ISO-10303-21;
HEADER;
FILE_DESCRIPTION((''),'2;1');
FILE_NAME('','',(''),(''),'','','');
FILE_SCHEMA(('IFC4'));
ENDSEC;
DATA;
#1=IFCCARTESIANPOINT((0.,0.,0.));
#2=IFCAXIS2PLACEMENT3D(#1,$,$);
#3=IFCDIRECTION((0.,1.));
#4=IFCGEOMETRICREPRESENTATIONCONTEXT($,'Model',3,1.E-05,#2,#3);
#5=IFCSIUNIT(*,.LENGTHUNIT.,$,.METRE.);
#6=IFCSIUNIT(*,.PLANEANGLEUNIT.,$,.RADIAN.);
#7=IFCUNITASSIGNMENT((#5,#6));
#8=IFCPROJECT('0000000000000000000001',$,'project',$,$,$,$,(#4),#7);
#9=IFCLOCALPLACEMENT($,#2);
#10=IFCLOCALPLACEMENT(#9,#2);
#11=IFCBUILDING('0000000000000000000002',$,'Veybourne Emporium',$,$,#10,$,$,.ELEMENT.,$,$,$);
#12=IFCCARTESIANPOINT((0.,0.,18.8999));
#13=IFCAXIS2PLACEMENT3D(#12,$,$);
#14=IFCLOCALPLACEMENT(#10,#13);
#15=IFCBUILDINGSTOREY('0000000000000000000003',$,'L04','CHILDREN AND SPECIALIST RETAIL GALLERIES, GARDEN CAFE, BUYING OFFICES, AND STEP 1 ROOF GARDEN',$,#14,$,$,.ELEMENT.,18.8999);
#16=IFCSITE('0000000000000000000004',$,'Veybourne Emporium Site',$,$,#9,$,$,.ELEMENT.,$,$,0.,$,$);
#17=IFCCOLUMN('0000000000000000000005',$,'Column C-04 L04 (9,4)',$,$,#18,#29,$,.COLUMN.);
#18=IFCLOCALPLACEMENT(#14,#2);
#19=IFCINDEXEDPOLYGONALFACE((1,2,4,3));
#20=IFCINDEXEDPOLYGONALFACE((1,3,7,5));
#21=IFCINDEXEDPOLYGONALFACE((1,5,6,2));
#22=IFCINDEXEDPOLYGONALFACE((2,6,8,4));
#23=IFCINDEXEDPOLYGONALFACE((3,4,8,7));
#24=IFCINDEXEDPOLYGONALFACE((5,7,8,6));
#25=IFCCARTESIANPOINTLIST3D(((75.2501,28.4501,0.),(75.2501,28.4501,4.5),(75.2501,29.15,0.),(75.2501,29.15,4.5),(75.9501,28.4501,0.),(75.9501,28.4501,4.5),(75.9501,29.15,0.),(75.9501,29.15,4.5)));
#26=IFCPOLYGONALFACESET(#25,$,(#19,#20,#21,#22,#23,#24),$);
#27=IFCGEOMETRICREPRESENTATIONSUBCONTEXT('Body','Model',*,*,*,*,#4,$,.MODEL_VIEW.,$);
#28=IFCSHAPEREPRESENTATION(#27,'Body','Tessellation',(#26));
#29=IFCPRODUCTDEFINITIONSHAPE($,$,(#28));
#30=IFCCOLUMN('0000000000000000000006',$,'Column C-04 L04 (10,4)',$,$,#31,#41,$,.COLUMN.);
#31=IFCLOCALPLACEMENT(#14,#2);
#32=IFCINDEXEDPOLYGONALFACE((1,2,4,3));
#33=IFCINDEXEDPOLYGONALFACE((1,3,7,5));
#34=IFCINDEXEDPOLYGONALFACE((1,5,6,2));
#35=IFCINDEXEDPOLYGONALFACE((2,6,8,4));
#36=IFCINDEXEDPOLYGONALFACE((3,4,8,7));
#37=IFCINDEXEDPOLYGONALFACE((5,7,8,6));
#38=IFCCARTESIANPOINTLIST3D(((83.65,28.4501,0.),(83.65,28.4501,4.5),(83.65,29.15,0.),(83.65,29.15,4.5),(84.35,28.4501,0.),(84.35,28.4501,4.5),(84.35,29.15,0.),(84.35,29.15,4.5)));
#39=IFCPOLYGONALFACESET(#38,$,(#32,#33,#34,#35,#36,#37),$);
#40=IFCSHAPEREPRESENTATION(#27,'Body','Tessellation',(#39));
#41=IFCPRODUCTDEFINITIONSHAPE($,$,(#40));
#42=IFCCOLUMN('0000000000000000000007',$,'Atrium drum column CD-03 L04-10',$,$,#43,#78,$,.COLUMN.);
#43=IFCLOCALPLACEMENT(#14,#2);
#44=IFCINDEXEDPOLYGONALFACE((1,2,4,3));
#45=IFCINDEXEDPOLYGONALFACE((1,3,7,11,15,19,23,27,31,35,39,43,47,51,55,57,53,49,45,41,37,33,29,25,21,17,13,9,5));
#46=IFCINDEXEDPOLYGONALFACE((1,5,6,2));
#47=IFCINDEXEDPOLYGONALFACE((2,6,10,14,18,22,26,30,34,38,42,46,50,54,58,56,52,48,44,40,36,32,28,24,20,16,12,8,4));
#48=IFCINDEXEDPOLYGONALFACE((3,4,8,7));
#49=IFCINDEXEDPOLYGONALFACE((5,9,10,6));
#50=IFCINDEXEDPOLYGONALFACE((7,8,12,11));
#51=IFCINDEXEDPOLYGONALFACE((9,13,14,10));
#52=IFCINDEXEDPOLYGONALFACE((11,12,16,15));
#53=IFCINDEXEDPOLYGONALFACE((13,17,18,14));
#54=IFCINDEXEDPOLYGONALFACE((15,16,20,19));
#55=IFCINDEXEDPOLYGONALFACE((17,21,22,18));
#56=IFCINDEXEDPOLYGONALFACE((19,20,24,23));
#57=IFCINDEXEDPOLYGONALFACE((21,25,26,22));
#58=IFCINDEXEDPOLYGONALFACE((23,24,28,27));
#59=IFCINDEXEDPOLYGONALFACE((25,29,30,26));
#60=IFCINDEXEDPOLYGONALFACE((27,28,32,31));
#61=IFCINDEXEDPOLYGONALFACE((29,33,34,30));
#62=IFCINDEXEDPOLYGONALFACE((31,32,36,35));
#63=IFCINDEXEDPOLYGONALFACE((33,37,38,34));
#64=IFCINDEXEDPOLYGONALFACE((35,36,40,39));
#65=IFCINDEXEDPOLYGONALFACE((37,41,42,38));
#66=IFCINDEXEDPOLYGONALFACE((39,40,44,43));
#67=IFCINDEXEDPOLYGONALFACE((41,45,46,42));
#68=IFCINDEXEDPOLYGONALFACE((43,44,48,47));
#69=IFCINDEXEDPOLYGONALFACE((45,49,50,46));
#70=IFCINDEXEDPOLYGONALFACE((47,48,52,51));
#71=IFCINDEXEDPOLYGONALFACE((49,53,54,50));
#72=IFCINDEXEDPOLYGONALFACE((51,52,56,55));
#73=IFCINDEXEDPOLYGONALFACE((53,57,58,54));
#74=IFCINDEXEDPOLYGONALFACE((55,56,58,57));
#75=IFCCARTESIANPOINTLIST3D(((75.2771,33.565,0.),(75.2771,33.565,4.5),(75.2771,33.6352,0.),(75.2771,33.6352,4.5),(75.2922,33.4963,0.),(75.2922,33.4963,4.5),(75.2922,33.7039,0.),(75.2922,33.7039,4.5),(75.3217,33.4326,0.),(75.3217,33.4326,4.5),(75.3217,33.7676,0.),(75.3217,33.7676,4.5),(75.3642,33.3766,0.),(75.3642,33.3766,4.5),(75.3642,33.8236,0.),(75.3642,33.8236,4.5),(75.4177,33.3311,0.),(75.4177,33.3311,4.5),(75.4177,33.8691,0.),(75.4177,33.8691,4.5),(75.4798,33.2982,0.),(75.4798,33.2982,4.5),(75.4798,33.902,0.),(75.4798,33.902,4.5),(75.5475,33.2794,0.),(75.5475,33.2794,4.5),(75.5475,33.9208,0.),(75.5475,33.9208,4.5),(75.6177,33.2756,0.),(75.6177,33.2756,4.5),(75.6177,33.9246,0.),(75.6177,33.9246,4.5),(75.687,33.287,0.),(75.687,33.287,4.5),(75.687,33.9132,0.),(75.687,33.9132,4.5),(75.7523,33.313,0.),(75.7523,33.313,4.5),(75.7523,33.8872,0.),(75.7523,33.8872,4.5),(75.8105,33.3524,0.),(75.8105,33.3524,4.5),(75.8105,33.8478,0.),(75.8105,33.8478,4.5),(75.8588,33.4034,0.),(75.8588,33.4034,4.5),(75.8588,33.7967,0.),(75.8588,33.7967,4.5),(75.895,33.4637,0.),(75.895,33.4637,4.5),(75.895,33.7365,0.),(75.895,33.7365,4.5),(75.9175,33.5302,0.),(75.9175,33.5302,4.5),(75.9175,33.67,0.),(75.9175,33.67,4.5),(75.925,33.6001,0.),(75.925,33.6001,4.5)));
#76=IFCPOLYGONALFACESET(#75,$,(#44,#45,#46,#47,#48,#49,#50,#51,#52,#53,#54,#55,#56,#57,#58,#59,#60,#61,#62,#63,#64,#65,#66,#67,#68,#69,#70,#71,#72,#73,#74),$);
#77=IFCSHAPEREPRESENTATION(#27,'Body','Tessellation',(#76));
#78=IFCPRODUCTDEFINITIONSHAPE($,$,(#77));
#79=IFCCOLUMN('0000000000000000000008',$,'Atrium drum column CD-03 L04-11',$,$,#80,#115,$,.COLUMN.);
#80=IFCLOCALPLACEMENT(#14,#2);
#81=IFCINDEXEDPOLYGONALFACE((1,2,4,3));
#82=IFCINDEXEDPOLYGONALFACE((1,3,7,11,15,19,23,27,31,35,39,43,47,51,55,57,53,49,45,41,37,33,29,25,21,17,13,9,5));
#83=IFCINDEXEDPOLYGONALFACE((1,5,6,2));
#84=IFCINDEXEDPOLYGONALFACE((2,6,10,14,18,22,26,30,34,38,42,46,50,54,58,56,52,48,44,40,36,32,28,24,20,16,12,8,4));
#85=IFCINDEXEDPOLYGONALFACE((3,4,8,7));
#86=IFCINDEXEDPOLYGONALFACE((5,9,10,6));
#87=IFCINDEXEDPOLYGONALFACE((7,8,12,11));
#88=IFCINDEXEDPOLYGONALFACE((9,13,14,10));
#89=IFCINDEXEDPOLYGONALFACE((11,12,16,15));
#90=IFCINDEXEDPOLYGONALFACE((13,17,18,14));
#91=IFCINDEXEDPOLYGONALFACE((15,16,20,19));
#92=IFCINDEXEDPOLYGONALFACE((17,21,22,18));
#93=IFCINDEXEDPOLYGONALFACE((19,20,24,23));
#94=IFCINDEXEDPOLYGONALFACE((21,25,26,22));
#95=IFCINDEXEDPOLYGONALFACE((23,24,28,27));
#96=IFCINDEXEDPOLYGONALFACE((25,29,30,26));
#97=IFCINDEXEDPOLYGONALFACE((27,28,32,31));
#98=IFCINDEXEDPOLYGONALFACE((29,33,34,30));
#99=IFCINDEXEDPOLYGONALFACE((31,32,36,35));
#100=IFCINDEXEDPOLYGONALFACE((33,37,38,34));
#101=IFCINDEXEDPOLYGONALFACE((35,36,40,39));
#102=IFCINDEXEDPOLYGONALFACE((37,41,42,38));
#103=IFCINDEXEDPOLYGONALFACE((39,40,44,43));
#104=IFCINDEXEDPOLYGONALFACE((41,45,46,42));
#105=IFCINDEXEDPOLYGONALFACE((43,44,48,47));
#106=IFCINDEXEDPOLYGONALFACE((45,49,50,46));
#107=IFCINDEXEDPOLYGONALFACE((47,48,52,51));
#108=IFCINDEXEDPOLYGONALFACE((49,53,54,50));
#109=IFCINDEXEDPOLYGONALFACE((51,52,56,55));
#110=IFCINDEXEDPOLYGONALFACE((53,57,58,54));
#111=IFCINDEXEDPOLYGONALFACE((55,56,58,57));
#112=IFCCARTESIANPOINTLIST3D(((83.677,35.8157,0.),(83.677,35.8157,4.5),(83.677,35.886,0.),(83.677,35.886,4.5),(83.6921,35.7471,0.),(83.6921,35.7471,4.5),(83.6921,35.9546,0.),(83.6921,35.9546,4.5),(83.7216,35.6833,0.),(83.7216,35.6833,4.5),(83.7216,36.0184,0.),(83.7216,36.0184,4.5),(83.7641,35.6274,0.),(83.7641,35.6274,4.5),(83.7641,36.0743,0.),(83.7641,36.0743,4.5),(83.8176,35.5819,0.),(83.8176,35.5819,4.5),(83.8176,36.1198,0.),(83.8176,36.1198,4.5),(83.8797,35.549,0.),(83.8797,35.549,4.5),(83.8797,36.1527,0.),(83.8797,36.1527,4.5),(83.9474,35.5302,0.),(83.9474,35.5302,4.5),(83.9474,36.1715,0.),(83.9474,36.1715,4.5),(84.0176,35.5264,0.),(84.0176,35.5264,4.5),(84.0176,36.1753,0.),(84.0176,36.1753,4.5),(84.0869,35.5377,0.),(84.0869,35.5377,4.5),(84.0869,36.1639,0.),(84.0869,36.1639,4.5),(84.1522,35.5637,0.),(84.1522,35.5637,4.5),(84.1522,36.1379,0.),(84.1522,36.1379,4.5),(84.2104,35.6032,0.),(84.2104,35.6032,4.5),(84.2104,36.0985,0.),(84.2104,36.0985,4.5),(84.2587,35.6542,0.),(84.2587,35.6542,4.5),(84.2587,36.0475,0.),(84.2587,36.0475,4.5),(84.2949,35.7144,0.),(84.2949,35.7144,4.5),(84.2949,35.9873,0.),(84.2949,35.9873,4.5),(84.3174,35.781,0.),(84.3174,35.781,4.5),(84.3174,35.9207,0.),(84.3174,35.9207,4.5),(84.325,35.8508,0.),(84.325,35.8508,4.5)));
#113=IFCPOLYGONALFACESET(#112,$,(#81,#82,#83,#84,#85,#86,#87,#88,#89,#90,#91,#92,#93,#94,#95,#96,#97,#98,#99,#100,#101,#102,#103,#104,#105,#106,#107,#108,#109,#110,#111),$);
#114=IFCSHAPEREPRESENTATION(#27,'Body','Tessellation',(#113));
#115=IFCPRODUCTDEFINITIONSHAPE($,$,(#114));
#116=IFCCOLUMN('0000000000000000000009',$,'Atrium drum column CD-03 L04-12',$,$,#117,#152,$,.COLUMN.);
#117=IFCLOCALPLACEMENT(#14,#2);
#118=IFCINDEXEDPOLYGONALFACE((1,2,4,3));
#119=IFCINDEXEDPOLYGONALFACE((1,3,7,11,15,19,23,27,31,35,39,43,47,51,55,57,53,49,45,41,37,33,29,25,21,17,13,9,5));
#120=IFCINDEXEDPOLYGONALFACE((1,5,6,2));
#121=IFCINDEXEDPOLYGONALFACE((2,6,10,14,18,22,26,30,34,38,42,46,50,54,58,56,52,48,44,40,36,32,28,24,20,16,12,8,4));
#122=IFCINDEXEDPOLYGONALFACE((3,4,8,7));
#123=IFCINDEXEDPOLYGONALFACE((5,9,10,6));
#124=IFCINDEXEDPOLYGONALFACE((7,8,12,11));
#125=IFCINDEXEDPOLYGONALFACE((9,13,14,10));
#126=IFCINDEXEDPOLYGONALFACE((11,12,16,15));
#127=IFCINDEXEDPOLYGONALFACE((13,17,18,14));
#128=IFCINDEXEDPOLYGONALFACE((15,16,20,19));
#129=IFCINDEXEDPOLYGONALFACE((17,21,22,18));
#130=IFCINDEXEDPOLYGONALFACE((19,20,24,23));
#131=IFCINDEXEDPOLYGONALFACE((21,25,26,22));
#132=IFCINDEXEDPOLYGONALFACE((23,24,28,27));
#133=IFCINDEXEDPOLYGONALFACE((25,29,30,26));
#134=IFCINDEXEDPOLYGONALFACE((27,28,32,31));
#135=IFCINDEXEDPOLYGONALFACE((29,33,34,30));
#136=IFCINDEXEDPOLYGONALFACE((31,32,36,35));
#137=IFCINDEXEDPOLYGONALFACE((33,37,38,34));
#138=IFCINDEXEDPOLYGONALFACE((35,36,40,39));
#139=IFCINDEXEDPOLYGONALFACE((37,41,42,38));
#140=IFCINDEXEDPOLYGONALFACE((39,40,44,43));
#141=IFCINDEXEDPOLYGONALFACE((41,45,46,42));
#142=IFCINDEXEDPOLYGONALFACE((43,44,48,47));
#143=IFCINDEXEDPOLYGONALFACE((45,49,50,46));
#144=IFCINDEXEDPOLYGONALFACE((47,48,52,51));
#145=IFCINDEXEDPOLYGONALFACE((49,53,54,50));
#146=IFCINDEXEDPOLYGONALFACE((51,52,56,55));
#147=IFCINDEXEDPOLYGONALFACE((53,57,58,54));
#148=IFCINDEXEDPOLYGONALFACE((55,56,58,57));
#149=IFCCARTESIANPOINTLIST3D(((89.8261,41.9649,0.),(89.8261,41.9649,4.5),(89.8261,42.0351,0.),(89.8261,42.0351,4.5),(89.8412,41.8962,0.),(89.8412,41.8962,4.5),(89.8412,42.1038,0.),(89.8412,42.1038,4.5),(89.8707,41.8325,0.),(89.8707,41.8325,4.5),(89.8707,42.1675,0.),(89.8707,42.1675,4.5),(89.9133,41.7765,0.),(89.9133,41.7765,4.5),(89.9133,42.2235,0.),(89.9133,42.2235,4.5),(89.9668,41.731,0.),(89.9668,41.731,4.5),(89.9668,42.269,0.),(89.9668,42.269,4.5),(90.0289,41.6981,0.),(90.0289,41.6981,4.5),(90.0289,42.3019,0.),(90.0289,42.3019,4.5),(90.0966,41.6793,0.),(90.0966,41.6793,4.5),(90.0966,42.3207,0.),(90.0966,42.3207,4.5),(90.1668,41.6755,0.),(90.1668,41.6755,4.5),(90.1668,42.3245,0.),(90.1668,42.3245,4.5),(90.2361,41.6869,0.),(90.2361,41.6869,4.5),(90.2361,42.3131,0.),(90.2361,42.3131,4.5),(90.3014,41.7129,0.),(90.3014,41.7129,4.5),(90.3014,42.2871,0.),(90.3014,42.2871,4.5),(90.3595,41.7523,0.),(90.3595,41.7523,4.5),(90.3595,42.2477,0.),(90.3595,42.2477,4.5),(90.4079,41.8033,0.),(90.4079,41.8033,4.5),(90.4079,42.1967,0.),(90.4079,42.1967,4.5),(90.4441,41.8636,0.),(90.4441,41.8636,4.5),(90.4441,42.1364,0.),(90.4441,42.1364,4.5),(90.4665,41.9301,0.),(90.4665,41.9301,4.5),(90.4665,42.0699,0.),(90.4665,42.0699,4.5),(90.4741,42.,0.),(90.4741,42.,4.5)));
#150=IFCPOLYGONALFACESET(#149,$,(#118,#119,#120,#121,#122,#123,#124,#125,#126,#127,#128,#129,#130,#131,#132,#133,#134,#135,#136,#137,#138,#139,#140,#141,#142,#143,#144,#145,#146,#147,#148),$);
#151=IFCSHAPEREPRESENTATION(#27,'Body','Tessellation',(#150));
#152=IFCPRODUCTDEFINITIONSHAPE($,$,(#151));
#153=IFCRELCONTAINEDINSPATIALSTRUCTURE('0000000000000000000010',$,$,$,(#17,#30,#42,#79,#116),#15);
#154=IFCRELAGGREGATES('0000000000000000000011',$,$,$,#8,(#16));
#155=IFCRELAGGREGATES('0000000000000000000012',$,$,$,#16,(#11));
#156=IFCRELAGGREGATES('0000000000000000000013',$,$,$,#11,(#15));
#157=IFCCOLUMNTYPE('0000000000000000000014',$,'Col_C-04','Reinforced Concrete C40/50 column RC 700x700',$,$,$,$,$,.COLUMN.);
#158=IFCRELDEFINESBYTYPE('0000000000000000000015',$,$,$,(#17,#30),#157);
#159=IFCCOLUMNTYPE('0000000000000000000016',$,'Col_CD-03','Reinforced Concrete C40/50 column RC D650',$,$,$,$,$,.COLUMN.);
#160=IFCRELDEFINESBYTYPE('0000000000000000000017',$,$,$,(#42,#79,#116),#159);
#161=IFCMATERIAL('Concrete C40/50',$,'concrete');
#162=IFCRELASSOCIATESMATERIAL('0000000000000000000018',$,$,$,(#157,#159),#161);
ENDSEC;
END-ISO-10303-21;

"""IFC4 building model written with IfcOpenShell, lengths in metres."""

from ifc_helpers import new_model, si_unit, direction, frame, origin, origin_2d, place, context, subcontext, project, spatial, rectangle, circle, extrude, material, material_profile, profile_set, type_object, element, save


model = new_model("IFC4")

# Units and contexts
model_context = context("Model", 3, precision=1e-05, world=origin(), true_north=direction((0.0, 1.0)))
body_context = subcontext(model_context, "Body", "Model", "MODEL_VIEW")
ifc_project = project(units=[si_unit("LENGTHUNIT", "METRE"), si_unit("PLANEANGLEUNIT", "RADIAN")], contexts=[model_context])

# Site, building, storey
site_placement = place(None, origin())
site = spatial("IfcSite", under=ifc_project, at=site_placement, Name="Veybourne Emporium Site", CompositionType="ELEMENT", RefElevation=0.0)
building_placement = place(site_placement, origin())
building = spatial("IfcBuilding", under=site, at=building_placement, Name="Veybourne Emporium", CompositionType="ELEMENT")
storey_placement = place(building_placement, frame((0.0, 0.0, 18.8999)))
storey = spatial("IfcBuildingStorey", under=building, at=storey_placement, Name="L04", Description="CHILDREN AND SPECIALIST RETAIL GALLERIES, GARDEN CAFE, BUYING OFFICES, AND STEP 1 ROOF GARDEN", CompositionType="ELEMENT", Elevation=18.8999)

# Columns
ifc_material_1 = material(Name="Concrete C40/50", Category="concrete")
ifc_material_profile_1 = material_profile(ifc_material_1, rectangle(XDim=0.7, YDim=0.7, at=origin_2d()), Name="RC 700x700")
ifc_profile_set_1 = profile_set([ifc_material_profile_1], Name="Concrete C40/50")
column_type_1 = type_object("IfcColumnType", Name="Col_C-04", Description="Reinforced Concrete C40/50 column RC 700x700", PredefinedType="COLUMN", material=ifc_profile_set_1)
for number, where, z_axis, x_axis, name in (
    (1, (75.6001, 28.8, 0.0), (0.0, 0.0, 1.0), (1.0, 0.0, 0.0), "Column C-04 L04 (9,4)"),
    (2, (84.0, 28.8, 0.0), (0.0, 0.0, 1.0), (1.0, 0.0, 0.0), "Column C-04 L04 (10,4)"),
):
    element("IfcColumn", number, at=place(storey_placement, frame(where, z_axis=z_axis, x_axis=x_axis)), inside=storey, type_object=column_type_1, Name=name, PredefinedType="COLUMN", context=body_context, shape_type="SweptSolid", body=[
        extrude(rectangle(XDim=0.7, YDim=0.7, at=origin_2d()), origin(), (0.0, 0.0, 1.0), 4.5),
    ])
ifc_material_profile_2 = material_profile(ifc_material_1, circle(Radius=0.325, at=origin_2d()), Name="RC D650")
ifc_profile_set_2 = profile_set([ifc_material_profile_2], Name="Concrete C40/50")
column_type_2 = type_object("IfcColumnType", Name="Col_CD-03", Description="Reinforced Concrete C40/50 column RC D650", PredefinedType="COLUMN", material=ifc_profile_set_2)
for number, where, z_axis, x_axis, name in (
    (3, (75.6001, 33.6001, 0.0), (0.0, 0.0, 1.0), (1.0, 0.0, 0.0), "Atrium drum column CD-03 L04-10"),
    (4, (84.0, 35.8508, 0.0), (0.0, 0.0, 1.0), (1.0, 0.0, 0.0), "Atrium drum column CD-03 L04-11"),
    (5, (90.1492, 42.0, 0.0), (0.0, 0.0, 1.0), (1.0, 0.0, 0.0), "Atrium drum column CD-03 L04-12"),
):
    element("IfcColumn", number, at=place(storey_placement, frame(where, z_axis=z_axis, x_axis=x_axis)), inside=storey, type_object=column_type_2, Name=name, PredefinedType="COLUMN", context=body_context, shape_type="SweptSolid", body=[
        extrude(circle(Radius=0.325, at=origin_2d()), origin(), (0.0, 0.0, 1.0), 4.5),
    ])

save(model, "model.ifc")
